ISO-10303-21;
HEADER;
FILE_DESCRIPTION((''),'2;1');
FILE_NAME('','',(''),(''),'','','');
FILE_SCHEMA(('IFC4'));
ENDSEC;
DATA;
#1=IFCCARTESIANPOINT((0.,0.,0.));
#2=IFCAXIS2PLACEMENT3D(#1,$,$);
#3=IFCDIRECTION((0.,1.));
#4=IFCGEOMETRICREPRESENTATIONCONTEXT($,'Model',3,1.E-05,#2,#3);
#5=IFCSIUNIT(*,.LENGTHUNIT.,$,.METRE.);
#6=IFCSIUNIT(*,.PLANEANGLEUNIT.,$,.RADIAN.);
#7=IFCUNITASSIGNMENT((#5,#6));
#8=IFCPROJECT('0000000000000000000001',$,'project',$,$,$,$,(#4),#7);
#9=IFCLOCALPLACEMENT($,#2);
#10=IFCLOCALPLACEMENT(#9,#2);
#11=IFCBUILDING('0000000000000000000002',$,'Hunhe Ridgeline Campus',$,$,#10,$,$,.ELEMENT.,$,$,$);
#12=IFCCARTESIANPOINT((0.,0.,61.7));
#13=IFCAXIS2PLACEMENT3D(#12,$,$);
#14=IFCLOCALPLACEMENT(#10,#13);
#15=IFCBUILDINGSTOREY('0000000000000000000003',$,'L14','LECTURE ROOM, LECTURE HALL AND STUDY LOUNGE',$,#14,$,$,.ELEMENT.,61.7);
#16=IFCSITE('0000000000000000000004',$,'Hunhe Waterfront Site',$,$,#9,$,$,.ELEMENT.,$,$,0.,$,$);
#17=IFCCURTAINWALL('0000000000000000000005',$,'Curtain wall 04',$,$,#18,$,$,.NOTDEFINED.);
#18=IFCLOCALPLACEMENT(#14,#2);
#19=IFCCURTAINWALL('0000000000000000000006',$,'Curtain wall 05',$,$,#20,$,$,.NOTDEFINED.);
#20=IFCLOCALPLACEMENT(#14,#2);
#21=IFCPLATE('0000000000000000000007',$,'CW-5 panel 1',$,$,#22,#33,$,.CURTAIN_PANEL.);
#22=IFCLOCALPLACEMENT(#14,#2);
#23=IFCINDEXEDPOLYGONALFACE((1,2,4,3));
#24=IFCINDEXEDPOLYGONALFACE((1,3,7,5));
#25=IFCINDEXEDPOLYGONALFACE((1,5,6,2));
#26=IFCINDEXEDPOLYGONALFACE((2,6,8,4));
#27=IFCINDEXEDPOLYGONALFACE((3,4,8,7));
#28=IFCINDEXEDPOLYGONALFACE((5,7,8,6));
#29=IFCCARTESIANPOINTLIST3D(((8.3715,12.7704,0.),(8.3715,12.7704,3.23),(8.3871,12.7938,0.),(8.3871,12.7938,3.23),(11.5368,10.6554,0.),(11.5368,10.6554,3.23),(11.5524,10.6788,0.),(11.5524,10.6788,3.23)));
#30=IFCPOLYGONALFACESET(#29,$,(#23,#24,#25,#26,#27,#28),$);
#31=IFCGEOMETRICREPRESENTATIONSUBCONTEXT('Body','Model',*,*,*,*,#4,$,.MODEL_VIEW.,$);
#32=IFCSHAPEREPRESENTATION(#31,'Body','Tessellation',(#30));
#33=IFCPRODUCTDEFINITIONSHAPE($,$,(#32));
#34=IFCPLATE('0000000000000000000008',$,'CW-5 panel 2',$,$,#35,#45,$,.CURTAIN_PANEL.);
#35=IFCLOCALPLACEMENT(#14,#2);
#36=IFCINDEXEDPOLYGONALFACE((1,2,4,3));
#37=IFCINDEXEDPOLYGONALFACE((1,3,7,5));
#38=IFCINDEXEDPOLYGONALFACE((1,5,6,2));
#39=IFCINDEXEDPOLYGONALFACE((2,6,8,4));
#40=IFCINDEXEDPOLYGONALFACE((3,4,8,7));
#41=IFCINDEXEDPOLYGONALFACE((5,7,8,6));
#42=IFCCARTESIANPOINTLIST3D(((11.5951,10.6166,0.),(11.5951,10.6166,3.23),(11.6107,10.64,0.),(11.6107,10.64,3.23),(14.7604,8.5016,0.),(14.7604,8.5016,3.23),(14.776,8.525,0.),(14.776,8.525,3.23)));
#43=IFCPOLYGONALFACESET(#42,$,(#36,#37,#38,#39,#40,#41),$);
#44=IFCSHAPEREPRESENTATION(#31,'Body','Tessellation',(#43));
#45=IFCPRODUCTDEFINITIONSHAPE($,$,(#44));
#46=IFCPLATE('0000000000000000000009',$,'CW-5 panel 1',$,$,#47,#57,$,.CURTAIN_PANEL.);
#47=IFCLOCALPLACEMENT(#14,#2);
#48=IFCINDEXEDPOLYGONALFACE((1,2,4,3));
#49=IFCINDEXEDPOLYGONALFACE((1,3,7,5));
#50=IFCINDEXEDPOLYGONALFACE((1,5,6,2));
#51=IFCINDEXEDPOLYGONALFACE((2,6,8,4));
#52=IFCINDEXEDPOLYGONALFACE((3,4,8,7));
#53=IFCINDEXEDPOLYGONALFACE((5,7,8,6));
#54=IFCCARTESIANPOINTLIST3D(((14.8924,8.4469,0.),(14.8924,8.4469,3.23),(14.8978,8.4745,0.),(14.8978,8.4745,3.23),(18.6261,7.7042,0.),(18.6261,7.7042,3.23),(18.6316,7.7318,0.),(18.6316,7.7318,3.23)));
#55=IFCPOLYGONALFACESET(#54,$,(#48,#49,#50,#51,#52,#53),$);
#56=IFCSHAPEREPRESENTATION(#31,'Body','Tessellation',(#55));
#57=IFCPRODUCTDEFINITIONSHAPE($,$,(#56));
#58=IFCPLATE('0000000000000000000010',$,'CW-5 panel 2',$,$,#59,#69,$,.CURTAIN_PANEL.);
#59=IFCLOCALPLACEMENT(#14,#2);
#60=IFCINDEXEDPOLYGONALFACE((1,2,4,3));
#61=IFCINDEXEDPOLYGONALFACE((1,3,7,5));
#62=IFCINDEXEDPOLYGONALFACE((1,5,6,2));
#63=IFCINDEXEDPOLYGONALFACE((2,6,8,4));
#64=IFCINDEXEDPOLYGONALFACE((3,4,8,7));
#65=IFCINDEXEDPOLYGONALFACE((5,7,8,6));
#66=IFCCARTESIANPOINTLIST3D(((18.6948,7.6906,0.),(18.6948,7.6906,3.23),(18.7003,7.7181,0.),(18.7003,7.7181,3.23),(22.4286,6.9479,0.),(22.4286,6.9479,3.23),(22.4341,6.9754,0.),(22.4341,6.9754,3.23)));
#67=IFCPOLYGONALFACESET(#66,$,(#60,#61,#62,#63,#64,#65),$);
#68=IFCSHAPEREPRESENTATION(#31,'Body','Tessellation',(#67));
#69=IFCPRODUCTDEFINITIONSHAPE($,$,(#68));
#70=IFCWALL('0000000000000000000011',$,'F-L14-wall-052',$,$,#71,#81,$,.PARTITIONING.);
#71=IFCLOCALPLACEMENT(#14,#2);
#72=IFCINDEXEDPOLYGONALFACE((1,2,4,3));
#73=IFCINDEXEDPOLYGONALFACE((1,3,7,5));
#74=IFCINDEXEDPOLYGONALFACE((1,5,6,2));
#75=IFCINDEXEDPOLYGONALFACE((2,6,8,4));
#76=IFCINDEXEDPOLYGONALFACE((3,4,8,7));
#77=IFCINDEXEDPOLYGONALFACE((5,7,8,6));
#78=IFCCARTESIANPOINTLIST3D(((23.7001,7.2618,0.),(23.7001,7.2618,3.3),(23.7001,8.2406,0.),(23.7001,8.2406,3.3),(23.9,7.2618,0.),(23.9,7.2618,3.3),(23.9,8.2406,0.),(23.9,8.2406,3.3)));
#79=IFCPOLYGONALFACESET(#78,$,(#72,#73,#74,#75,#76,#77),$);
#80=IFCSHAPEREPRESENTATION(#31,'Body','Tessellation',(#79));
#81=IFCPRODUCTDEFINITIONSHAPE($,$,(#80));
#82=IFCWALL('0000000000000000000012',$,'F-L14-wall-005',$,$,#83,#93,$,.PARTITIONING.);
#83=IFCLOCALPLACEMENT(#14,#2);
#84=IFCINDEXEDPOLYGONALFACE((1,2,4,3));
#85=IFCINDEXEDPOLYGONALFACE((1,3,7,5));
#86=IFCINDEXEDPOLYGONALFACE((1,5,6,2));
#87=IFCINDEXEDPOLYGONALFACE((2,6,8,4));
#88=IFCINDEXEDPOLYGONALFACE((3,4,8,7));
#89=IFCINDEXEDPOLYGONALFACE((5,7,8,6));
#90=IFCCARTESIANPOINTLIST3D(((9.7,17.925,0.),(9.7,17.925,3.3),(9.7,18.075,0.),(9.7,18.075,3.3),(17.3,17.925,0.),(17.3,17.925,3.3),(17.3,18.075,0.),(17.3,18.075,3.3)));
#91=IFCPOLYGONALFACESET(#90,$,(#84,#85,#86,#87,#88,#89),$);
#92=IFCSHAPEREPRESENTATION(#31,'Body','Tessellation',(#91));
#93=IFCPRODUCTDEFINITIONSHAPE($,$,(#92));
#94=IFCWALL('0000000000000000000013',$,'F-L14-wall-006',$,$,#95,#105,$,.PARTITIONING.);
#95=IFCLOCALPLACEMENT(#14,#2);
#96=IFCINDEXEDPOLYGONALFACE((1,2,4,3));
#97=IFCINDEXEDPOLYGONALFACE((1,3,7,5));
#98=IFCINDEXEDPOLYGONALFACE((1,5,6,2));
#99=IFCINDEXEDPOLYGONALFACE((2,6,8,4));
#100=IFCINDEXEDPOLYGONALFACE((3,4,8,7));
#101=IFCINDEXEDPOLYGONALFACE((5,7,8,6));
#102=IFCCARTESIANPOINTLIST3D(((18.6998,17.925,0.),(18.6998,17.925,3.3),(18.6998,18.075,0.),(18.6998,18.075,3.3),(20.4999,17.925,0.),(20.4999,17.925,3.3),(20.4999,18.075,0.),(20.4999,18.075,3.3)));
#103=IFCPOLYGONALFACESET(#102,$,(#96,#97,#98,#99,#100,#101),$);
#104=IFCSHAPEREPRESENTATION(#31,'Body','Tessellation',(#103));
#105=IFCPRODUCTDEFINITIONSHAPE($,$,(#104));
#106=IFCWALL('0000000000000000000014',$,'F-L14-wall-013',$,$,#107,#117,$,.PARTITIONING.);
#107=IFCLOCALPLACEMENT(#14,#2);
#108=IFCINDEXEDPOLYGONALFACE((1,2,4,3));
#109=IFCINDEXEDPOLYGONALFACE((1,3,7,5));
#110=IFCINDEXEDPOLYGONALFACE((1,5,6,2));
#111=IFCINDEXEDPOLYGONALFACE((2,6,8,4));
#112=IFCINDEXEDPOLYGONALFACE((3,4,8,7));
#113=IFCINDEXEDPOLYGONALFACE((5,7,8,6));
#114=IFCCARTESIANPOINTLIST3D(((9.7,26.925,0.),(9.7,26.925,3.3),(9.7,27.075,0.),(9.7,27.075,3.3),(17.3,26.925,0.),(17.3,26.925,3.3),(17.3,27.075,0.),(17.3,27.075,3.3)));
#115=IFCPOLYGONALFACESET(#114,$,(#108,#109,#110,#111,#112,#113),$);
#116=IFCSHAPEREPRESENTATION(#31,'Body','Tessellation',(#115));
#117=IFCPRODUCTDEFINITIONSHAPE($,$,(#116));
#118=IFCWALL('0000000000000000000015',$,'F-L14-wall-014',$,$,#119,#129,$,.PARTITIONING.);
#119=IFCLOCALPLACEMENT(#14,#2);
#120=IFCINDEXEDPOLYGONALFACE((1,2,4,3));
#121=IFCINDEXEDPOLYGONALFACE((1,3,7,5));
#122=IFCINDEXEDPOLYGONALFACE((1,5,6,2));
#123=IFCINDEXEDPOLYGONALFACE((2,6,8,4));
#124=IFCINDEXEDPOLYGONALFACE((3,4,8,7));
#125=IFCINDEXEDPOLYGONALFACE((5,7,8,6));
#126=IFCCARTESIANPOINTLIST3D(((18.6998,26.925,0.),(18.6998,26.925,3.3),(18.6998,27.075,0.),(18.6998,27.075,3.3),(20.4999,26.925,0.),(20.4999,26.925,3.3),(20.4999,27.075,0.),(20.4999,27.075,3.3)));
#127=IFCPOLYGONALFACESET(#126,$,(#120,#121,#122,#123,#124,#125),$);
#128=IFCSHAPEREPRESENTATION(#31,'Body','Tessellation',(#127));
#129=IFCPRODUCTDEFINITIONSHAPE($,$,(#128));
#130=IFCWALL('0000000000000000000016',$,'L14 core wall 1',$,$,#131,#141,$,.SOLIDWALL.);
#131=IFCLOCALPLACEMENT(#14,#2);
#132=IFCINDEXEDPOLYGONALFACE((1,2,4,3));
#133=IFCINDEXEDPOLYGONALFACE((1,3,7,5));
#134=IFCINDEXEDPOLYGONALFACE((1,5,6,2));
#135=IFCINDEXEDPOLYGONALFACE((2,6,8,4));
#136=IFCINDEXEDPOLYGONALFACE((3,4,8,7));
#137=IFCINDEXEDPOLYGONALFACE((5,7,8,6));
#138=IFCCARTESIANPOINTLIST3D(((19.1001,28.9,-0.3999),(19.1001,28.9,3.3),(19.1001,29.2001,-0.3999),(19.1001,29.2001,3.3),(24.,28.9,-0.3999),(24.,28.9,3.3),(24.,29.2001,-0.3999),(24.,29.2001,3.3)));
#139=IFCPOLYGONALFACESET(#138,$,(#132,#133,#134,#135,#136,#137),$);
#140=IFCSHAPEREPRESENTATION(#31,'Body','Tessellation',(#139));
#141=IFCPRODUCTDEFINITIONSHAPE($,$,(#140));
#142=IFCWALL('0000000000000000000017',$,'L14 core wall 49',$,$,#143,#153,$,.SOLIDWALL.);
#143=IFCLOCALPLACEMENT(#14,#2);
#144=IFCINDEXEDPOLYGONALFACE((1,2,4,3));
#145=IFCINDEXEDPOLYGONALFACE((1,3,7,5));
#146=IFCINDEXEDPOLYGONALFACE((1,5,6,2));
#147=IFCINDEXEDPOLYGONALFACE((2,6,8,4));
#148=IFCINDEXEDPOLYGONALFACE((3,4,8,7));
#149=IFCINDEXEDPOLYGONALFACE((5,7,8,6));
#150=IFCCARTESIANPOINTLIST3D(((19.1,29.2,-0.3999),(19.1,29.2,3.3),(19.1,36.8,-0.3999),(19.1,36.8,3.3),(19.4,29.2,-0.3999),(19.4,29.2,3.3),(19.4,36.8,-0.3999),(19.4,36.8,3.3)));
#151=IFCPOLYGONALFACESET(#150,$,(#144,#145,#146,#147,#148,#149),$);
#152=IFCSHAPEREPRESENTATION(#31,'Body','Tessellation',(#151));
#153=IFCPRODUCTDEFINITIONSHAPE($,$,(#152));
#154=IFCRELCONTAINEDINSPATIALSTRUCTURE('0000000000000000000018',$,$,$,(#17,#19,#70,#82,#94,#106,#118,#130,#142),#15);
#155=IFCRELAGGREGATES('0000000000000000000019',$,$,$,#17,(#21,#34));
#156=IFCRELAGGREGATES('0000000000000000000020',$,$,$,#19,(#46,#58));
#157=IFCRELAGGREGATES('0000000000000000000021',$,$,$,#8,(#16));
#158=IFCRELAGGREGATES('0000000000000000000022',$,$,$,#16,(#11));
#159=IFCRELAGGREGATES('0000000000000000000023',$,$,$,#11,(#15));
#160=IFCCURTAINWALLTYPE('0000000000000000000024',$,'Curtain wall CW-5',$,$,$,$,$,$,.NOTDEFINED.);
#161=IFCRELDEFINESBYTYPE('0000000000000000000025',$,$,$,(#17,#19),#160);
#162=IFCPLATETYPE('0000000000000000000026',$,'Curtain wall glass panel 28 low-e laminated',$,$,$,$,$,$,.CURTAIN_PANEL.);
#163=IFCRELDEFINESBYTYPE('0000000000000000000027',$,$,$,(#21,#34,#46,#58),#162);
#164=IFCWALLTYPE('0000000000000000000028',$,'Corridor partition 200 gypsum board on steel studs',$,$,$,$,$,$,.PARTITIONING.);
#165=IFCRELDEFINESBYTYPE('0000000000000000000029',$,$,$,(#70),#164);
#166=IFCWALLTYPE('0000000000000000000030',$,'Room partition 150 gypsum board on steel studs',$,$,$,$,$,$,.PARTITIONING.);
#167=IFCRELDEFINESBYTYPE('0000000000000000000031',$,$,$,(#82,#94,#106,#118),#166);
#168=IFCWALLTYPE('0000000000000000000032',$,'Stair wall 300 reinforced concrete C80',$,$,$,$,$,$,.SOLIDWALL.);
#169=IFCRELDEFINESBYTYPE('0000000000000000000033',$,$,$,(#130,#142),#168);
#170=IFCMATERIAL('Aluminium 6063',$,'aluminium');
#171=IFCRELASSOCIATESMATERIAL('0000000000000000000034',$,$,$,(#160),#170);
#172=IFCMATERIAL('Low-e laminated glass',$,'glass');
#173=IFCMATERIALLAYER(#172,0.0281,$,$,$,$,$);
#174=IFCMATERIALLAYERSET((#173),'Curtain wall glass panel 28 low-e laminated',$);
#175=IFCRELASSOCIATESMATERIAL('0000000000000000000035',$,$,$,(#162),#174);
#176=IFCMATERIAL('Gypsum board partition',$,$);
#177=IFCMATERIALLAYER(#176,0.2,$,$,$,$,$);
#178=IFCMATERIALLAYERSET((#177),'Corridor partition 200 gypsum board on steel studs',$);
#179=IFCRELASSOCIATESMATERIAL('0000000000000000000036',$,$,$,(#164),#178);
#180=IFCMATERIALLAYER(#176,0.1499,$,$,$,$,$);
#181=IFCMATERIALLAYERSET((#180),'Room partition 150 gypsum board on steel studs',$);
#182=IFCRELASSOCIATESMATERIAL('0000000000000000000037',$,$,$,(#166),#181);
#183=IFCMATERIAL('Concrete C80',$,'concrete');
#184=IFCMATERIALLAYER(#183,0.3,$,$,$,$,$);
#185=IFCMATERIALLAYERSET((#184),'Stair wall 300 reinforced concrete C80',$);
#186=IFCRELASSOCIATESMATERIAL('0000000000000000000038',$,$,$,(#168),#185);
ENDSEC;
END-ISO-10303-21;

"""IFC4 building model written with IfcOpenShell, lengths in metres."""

from ifc_helpers import new_model, si_unit, direction, frame, frame_2d, origin, origin_2d, place, context, subcontext, project, spatial, rectangle, extrude, material, layer, layer_set, type_object, element, aggregate, save


model = new_model("IFC4")

# Units and contexts
model_context = context("Model", 3, precision=1e-05, world=origin(), true_north=direction((0.0, 1.0)))
body_context = subcontext(model_context, "Body", "Model", "MODEL_VIEW")
ifc_project = project(units=[si_unit("LENGTHUNIT", "METRE"), si_unit("PLANEANGLEUNIT", "RADIAN")], contexts=[model_context])

# Site, building, storey
site_placement = place(None, origin())
site = spatial("IfcSite", under=ifc_project, at=site_placement, Name="Hunhe Waterfront Site", CompositionType="ELEMENT", RefElevation=0.0)
building_placement = place(site_placement, origin())
building = spatial("IfcBuilding", under=site, at=building_placement, Name="Hunhe Ridgeline Campus", CompositionType="ELEMENT")
storey_placement = place(building_placement, frame((0.0, 0.0, 61.7)))
storey = spatial("IfcBuildingStorey", under=building, at=storey_placement, Name="L14", Description="LECTURE ROOM, LECTURE HALL AND STUDY LOUNGE", CompositionType="ELEMENT", Elevation=61.7)

# Shared definitions
ifc_material_1 = material(Name="Concrete C80", Category="concrete")

# Curtain walls
ifc_material_2 = material(Name="Aluminium 6063", Category="aluminium")
curtain_wall_type = type_object("IfcCurtainWallType", Name="Curtain wall CW-5", PredefinedType="NOTDEFINED", material=ifc_material_2)
curtain_wall_1_placement = place(storey_placement, origin())
curtain_wall_1 = element("IfcCurtainWall", 1, at=curtain_wall_1_placement, inside=storey, type_object=curtain_wall_type, Name="Curtain wall 04", PredefinedType="NOTDEFINED")
curtain_wall_2_placement = place(storey_placement, origin())
curtain_wall_2 = element("IfcCurtainWall", 2, at=curtain_wall_2_placement, inside=storey, type_object=curtain_wall_type, Name="Curtain wall 05", PredefinedType="NOTDEFINED")

# Plates
ifc_material_3 = material(Name="Low-e laminated glass", Category="glass")
ifc_layer_1 = layer(ifc_material_3, 0.0281)
ifc_layer_set_1 = layer_set([ifc_layer_1], Name="Curtain wall glass panel 28 low-e laminated")
plate_type = type_object("IfcPlateType", Name="Curtain wall glass panel 28 low-e laminated", PredefinedType="CURTAIN_PANEL", material=ifc_layer_set_1)
plate_1_placement = place(storey_placement, frame((9.9619, 11.7246, 0.0), z_axis=(0.0, 0.0, 1.0), x_axis=(0.83147, -0.55557, 0.0)))
plate_1 = element("IfcPlate", 3, at=plate_1_placement, type_object=plate_type, Name="CW-5 panel 1", PredefinedType="CURTAIN_PANEL", context=body_context, shape_type="SweptSolid", body=[
    extrude(rectangle(XDim=3.8069, YDim=0.0281, at=origin_2d()), origin(), (0.0, 0.0, 1.0), 3.23),
])
plate_2_placement = place(storey_placement, frame((13.1855, 9.5708, 0.0), z_axis=(0.0, 0.0, 1.0), x_axis=(0.83147, -0.55557, 0.0)))
plate_2 = element("IfcPlate", 4, at=plate_2_placement, type_object=plate_type, Name="CW-5 panel 2", PredefinedType="CURTAIN_PANEL", context=body_context, shape_type="SweptSolid", body=[
    extrude(rectangle(XDim=3.8069, YDim=0.0281, at=origin_2d()), origin(), (0.0, 0.0, 1.0), 3.23),
])
aggregate(curtain_wall_1, [plate_1, plate_2])
plate_3_placement = place(storey_placement, frame((16.762, 8.0894, 0.0), z_axis=(0.0, 0.0, 1.0), x_axis=(0.980785, -0.19509, 0.0)))
plate_3 = element("IfcPlate", 5, at=plate_3_placement, type_object=plate_type, Name="CW-5 panel 1", PredefinedType="CURTAIN_PANEL", context=body_context, shape_type="SweptSolid", body=[
    extrude(rectangle(XDim=3.8069, YDim=0.0281, at=origin_2d()), origin(), (0.0, 0.0, 1.0), 3.23),
])
plate_4_placement = place(storey_placement, frame((20.5645, 7.333, 0.0), z_axis=(0.0, 0.0, 1.0), x_axis=(0.980785, -0.19509, 0.0)))
plate_4 = element("IfcPlate", 6, at=plate_4_placement, type_object=plate_type, Name="CW-5 panel 2", PredefinedType="CURTAIN_PANEL", context=body_context, shape_type="SweptSolid", body=[
    extrude(rectangle(XDim=3.8069, YDim=0.0281, at=origin_2d()), origin(), (0.0, 0.0, 1.0), 3.23),
])
aggregate(curtain_wall_2, [plate_3, plate_4])

# Shared definitions
ifc_material_4 = material(Name="Gypsum board partition")
ifc_layer_2 = layer(ifc_material_4, 0.2)
ifc_layer_set_2 = layer_set([ifc_layer_2], Name="Corridor partition 200 gypsum board on steel studs")
wall_type_1 = type_object("IfcWallType", Name="Corridor partition 200 gypsum board on steel studs", PredefinedType="PARTITIONING", material=ifc_layer_set_2)

# Walls
wall_1_placement = place(storey_placement, frame((23.8, 8.2405, 0.0), z_axis=(0.0, 0.0, 1.0), x_axis=(0.0, -1.0, 0.0)))
element("IfcWall", 7, at=wall_1_placement, inside=storey, type_object=wall_type_1, Name="F-L14-wall-052", PredefinedType="PARTITIONING", context=body_context, shape_type="SweptSolid", body=[
    extrude(rectangle(XDim=0.9788, YDim=0.2, at=frame_2d((0.4893, 0.0))), origin(), (0.0, 0.0, 1.0), 3.3),
])
ifc_layer_3 = layer(ifc_material_4, 0.1499)
ifc_layer_set_3 = layer_set([ifc_layer_3], Name="Room partition 150 gypsum board on steel studs")
wall_type_2 = type_object("IfcWallType", Name="Room partition 150 gypsum board on steel studs", PredefinedType="PARTITIONING", material=ifc_layer_set_3)
wall_2_placement = place(storey_placement, frame((9.7, 18.0, 0.0), z_axis=(0.0, 0.0, 1.0), x_axis=(1.0, 0.0, 0.0)))
element("IfcWall", 8, at=wall_2_placement, inside=storey, type_object=wall_type_2, Name="F-L14-wall-005", PredefinedType="PARTITIONING", context=body_context, shape_type="SweptSolid", body=[
    extrude(rectangle(XDim=7.6001, YDim=0.1499, at=frame_2d((3.8, 0.0))), origin(), (0.0, 0.0, 1.0), 3.3),
])
wall_3_placement = place(storey_placement, frame((18.7, 18.0, 0.0), z_axis=(0.0, 0.0, 1.0), x_axis=(1.0, 0.0, 0.0)))
element("IfcWall", 9, at=wall_3_placement, inside=storey, type_object=wall_type_2, Name="F-L14-wall-006", PredefinedType="PARTITIONING", context=body_context, shape_type="SweptSolid", body=[
    extrude(rectangle(XDim=1.8, YDim=0.1499, at=frame_2d((0.8999, 0.0))), origin(), (0.0, 0.0, 1.0), 3.3),
])
wall_4_placement = place(storey_placement, frame((9.7, 27.0, 0.0), z_axis=(0.0, 0.0, 1.0), x_axis=(1.0, 0.0, 0.0)))
element("IfcWall", 10, at=wall_4_placement, inside=storey, type_object=wall_type_2, Name="F-L14-wall-013", PredefinedType="PARTITIONING", context=body_context, shape_type="SweptSolid", body=[
    extrude(rectangle(XDim=7.6001, YDim=0.1499, at=frame_2d((3.8, 0.0))), origin(), (0.0, 0.0, 1.0), 3.3),
])
wall_5_placement = place(storey_placement, frame((18.7, 27.0, 0.0), z_axis=(0.0, 0.0, 1.0), x_axis=(1.0, 0.0, 0.0)))
element("IfcWall", 11, at=wall_5_placement, inside=storey, type_object=wall_type_2, Name="F-L14-wall-014", PredefinedType="PARTITIONING", context=body_context, shape_type="SweptSolid", body=[
    extrude(rectangle(XDim=1.8, YDim=0.1499, at=frame_2d((0.8999, 0.0))), origin(), (0.0, 0.0, 1.0), 3.3),
])
ifc_layer_4 = layer(ifc_material_1, 0.3)
ifc_layer_set_4 = layer_set([ifc_layer_4], Name="Stair wall 300 reinforced concrete C80")
wall_type_3 = type_object("IfcWallType", Name="Stair wall 300 reinforced concrete C80", PredefinedType="SOLIDWALL", material=ifc_layer_set_4)
wall_6_placement = place(storey_placement, frame((19.1001, 29.05, -0.3999), z_axis=(0.0, 0.0, 1.0), x_axis=(1.0, 0.0, 0.0)))
element("IfcWall", 12, at=wall_6_placement, inside=storey, type_object=wall_type_3, Name="L14 core wall 1", PredefinedType="SOLIDWALL", context=body_context, shape_type="SweptSolid", body=[
    extrude(rectangle(XDim=4.8999, YDim=0.3, at=frame_2d((2.45, 0.0))), origin(), (0.0, 0.0, 1.0), 3.7),
])
wall_7_placement = place(storey_placement, frame((19.25, 29.2, -0.3999), z_axis=(0.0, 0.0, 1.0), x_axis=(0.0, 1.0, 0.0)))
element("IfcWall", 13, at=wall_7_placement, inside=storey, type_object=wall_type_3, Name="L14 core wall 49", PredefinedType="SOLIDWALL", context=body_context, shape_type="SweptSolid", body=[
    extrude(rectangle(XDim=7.6001, YDim=0.3, at=frame_2d((3.8, 0.0))), origin(), (0.0, 0.0, 1.0), 3.7),
])

save(model, "model.ifc")
